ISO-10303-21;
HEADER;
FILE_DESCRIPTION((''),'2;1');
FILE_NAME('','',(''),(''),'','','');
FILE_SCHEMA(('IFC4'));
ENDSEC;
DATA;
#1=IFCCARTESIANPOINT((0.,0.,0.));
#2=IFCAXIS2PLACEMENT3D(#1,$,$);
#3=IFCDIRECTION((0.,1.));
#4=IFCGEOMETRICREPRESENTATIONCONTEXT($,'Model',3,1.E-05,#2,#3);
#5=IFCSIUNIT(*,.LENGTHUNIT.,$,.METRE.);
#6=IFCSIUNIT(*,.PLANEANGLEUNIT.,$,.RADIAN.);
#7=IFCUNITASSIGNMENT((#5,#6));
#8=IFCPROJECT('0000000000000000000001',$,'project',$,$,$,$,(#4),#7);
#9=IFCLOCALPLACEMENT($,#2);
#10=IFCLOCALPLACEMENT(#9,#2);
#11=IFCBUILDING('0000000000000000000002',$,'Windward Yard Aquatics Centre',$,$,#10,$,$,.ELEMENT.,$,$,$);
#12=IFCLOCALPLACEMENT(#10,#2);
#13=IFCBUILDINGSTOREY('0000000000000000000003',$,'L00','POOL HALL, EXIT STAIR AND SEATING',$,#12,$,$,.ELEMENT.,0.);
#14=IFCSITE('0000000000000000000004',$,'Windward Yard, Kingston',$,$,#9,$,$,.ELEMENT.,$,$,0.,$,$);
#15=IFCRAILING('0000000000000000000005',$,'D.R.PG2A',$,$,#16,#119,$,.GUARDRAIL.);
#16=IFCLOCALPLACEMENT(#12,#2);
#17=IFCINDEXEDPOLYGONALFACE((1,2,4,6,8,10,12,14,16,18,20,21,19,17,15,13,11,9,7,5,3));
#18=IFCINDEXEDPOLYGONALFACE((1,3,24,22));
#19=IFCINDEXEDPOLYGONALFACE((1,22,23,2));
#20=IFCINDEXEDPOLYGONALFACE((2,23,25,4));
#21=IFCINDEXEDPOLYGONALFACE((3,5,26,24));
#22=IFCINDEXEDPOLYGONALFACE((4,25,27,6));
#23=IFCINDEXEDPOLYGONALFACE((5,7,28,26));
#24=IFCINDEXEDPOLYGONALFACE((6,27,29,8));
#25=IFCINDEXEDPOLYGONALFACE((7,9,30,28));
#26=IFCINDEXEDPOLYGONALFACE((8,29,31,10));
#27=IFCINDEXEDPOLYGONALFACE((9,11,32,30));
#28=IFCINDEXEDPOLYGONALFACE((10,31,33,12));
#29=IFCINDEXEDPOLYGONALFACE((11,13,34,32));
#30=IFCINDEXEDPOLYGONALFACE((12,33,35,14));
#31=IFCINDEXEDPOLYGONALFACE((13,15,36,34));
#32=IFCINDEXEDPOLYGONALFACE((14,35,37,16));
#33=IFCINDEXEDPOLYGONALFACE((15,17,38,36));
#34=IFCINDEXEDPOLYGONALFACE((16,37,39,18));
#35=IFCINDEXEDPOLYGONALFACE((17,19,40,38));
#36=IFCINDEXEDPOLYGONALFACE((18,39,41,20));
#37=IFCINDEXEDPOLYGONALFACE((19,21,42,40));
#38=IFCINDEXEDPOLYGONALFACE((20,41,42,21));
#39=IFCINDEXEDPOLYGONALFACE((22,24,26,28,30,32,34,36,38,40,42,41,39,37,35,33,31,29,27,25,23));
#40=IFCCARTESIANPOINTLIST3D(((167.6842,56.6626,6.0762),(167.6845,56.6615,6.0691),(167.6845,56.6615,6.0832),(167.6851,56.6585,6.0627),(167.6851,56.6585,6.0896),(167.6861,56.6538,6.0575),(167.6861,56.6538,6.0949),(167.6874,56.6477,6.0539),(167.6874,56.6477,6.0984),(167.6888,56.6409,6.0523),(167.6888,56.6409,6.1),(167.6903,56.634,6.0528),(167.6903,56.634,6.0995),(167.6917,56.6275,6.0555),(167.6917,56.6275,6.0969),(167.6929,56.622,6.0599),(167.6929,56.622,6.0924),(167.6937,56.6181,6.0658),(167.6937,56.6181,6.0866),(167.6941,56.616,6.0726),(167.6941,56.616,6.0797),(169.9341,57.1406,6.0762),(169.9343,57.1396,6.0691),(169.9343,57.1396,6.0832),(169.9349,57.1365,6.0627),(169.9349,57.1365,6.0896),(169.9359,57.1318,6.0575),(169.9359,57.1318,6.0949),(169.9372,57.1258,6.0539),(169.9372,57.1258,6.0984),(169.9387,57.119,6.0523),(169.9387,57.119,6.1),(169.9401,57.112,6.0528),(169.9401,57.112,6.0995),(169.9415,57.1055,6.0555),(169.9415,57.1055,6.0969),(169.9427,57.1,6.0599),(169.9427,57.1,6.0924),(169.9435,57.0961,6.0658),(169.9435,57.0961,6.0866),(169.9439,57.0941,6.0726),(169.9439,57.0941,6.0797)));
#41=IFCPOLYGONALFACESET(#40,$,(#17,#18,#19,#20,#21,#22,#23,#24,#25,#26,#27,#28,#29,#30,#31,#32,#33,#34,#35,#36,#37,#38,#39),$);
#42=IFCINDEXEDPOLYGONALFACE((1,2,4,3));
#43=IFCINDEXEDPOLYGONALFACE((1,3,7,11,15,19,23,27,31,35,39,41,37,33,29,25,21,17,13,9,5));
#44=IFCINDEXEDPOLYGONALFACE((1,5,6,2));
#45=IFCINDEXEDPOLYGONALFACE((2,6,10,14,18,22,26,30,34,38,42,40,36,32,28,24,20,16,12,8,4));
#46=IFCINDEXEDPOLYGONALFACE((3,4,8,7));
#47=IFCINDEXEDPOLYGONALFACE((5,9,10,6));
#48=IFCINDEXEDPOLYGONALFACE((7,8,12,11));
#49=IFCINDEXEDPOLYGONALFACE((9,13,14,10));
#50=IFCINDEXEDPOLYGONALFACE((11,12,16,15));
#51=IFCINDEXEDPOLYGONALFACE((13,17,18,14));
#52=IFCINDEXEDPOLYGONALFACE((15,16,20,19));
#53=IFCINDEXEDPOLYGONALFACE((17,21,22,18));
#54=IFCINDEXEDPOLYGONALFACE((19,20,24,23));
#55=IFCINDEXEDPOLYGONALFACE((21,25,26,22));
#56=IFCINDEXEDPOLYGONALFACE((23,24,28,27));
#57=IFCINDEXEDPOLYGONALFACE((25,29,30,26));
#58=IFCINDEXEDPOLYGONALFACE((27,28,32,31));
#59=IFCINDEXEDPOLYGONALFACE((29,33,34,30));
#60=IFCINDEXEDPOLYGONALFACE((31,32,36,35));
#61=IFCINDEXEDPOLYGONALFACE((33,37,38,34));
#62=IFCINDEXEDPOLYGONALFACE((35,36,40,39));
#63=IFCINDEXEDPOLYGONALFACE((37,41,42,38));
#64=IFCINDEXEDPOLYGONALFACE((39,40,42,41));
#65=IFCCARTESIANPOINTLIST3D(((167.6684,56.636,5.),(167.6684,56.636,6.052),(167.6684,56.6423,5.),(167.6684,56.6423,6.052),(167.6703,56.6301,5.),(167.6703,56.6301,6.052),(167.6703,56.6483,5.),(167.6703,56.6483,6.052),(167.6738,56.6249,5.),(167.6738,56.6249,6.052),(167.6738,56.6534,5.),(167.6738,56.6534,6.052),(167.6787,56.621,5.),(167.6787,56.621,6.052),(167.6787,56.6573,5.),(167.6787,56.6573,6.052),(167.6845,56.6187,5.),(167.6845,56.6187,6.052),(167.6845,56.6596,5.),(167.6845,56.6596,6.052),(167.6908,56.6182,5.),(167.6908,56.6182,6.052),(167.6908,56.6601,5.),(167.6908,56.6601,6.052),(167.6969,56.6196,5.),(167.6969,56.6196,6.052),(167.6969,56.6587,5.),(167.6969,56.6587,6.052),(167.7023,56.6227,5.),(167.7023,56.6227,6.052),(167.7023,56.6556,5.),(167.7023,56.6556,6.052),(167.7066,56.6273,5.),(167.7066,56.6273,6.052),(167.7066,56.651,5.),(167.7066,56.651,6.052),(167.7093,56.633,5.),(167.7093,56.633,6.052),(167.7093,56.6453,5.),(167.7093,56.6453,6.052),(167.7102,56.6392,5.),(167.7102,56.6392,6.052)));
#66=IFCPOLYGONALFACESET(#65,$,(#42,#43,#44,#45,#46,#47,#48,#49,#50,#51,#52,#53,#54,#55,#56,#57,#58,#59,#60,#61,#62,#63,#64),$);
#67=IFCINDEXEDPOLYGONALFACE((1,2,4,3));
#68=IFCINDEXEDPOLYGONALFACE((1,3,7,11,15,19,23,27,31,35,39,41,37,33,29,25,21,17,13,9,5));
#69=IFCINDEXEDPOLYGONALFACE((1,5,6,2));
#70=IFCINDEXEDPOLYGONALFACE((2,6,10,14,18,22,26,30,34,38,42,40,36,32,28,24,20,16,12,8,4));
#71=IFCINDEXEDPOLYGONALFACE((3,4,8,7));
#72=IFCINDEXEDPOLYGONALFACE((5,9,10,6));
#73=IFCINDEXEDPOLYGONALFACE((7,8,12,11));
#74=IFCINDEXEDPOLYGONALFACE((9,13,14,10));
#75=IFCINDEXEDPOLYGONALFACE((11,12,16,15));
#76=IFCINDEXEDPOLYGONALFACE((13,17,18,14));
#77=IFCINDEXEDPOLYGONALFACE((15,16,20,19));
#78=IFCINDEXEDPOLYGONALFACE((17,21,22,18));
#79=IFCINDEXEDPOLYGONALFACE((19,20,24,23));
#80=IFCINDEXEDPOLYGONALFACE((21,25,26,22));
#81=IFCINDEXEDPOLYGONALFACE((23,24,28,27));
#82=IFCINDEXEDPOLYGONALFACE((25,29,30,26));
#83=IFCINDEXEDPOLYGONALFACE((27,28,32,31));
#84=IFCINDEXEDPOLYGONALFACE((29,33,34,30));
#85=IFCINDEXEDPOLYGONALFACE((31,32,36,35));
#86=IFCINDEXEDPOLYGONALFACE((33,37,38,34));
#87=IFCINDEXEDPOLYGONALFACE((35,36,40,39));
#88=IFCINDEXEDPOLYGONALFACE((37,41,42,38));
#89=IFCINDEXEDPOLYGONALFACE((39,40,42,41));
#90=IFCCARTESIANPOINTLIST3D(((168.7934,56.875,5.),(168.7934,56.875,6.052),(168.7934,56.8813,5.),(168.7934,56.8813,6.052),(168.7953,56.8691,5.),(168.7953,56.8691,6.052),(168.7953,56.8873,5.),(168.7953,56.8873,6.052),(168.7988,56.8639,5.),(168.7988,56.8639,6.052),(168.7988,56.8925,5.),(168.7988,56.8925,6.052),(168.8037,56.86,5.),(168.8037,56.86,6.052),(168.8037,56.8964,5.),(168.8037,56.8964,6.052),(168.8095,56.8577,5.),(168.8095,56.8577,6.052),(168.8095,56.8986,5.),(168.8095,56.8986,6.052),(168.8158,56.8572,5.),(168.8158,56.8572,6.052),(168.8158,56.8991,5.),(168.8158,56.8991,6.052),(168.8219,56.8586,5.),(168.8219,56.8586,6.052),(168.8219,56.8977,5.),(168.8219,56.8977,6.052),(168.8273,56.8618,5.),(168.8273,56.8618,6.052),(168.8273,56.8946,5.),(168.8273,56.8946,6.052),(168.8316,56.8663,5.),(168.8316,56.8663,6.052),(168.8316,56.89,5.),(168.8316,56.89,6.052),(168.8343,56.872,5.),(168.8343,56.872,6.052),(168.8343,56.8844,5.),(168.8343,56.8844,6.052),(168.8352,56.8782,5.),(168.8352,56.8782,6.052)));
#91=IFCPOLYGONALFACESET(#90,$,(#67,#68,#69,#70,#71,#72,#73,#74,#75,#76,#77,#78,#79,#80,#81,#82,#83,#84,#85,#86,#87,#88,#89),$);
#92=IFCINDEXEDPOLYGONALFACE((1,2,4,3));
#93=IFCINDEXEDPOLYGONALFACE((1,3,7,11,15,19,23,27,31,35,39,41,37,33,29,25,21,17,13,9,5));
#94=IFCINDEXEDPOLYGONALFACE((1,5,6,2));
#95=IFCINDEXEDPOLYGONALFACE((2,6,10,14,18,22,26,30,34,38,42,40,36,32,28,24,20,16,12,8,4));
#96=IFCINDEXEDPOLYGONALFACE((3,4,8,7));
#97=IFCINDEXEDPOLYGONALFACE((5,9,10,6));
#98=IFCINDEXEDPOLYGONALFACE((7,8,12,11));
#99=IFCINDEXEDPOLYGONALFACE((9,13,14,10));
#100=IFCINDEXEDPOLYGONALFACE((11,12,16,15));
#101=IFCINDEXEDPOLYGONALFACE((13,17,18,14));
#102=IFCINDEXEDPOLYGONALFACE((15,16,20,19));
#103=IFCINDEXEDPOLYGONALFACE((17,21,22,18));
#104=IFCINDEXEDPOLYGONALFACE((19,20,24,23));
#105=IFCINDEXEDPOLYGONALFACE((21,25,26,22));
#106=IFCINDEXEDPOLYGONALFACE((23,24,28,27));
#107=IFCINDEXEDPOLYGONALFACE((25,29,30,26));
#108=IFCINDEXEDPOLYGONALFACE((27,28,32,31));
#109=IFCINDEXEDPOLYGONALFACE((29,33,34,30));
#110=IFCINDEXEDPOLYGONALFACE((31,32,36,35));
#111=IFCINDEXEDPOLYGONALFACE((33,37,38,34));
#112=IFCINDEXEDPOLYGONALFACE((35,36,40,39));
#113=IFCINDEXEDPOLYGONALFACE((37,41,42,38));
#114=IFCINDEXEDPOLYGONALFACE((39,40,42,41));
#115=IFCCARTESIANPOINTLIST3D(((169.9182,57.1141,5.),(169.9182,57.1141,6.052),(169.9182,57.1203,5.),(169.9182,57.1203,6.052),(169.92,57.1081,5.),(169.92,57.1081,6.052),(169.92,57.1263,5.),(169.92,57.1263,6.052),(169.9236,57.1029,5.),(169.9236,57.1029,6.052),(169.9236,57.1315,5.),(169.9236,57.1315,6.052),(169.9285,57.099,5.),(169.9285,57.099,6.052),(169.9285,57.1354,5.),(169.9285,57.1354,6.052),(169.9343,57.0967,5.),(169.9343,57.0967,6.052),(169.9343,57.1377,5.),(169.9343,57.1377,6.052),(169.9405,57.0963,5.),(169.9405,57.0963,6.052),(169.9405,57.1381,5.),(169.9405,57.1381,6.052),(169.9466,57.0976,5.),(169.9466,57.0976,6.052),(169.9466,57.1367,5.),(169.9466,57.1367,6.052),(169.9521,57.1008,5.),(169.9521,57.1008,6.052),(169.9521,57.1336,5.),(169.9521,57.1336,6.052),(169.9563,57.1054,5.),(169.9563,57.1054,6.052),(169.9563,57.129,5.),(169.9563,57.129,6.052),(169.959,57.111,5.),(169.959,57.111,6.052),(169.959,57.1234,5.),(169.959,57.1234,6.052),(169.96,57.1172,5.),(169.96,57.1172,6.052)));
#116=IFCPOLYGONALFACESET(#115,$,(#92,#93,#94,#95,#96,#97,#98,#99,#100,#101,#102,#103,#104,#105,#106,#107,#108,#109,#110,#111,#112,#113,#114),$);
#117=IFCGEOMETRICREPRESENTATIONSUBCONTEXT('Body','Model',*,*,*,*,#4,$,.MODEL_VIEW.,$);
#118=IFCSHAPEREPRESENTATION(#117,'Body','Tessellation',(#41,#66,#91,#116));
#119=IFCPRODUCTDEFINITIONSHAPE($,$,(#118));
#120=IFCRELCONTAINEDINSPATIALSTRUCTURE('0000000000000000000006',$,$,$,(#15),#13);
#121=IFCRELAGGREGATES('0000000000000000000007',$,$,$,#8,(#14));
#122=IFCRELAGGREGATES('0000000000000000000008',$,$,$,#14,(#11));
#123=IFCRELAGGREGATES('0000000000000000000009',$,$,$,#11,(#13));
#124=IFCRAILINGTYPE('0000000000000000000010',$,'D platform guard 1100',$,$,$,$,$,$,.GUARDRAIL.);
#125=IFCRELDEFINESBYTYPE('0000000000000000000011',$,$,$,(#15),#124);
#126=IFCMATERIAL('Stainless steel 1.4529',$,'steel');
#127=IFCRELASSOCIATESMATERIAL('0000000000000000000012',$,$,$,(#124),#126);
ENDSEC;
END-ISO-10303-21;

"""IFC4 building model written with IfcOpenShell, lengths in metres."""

from ifc_helpers import new_model, si_unit, direction, frame, origin, origin_2d, place, context, subcontext, project, spatial, circle, extrude, material, type_object, element, save


model = new_model("IFC4")

# Units and contexts
model_context = context("Model", 3, precision=1e-05, world=origin(), true_north=direction((0.0, 1.0)))
body_context = subcontext(model_context, "Body", "Model", "MODEL_VIEW")
ifc_project = project(units=[si_unit("LENGTHUNIT", "METRE"), si_unit("PLANEANGLEUNIT", "RADIAN")], contexts=[model_context])

# Site, building, storey
site_placement = place(None, origin())
site = spatial("IfcSite", under=ifc_project, at=site_placement, Name="Windward Yard, Kingston", CompositionType="ELEMENT", RefElevation=0.0)
building_placement = place(site_placement, origin())
building = spatial("IfcBuilding", under=site, at=building_placement, Name="Windward Yard Aquatics Centre", CompositionType="ELEMENT")
storey_placement = place(building_placement, origin())
storey = spatial("IfcBuildingStorey", under=building, at=storey_placement, Name="L00", Description="POOL HALL, EXIT STAIR AND SEATING", CompositionType="ELEMENT", Elevation=0.0)

# Railing
ifc_material_1 = material(Name="Stainless steel 1.4529", Category="steel")
railing_type = type_object("IfcRailingType", Name="D platform guard 1100", PredefinedType="GUARDRAIL", material=ifc_material_1)
railing_1_placement = place(storey_placement, frame((167.6892, 56.6392, 5.0)))
element("IfcRailing", 1, at=railing_1_placement, inside=storey, type_object=railing_type, Name="D.R.PG2A", PredefinedType="GUARDRAIL", context=body_context, shape_type="SweptSolid", body=[
    extrude(circle(Radius=0.0239, at=origin_2d()), frame((0.0, 0.0, 1.0762), z_axis=(0.978163, 0.20784, 0.0), x_axis=(-0.20784, 0.978163, 0.0)), (0.0, 0.0, 1.0), 2.3),
    extrude(circle(Radius=0.021, at=origin_2d()), origin(), (0.0, 0.0, 1.0), 1.052),
    extrude(circle(Radius=0.021, at=origin_2d()), frame((1.125, 0.239, 0.0)), (0.0, 0.0, 1.0), 1.052),
    extrude(circle(Radius=0.021, at=origin_2d()), frame((2.2498, 0.478, 0.0)), (0.0, 0.0, 1.0), 1.052),
])

save(model, "model.ifc")
